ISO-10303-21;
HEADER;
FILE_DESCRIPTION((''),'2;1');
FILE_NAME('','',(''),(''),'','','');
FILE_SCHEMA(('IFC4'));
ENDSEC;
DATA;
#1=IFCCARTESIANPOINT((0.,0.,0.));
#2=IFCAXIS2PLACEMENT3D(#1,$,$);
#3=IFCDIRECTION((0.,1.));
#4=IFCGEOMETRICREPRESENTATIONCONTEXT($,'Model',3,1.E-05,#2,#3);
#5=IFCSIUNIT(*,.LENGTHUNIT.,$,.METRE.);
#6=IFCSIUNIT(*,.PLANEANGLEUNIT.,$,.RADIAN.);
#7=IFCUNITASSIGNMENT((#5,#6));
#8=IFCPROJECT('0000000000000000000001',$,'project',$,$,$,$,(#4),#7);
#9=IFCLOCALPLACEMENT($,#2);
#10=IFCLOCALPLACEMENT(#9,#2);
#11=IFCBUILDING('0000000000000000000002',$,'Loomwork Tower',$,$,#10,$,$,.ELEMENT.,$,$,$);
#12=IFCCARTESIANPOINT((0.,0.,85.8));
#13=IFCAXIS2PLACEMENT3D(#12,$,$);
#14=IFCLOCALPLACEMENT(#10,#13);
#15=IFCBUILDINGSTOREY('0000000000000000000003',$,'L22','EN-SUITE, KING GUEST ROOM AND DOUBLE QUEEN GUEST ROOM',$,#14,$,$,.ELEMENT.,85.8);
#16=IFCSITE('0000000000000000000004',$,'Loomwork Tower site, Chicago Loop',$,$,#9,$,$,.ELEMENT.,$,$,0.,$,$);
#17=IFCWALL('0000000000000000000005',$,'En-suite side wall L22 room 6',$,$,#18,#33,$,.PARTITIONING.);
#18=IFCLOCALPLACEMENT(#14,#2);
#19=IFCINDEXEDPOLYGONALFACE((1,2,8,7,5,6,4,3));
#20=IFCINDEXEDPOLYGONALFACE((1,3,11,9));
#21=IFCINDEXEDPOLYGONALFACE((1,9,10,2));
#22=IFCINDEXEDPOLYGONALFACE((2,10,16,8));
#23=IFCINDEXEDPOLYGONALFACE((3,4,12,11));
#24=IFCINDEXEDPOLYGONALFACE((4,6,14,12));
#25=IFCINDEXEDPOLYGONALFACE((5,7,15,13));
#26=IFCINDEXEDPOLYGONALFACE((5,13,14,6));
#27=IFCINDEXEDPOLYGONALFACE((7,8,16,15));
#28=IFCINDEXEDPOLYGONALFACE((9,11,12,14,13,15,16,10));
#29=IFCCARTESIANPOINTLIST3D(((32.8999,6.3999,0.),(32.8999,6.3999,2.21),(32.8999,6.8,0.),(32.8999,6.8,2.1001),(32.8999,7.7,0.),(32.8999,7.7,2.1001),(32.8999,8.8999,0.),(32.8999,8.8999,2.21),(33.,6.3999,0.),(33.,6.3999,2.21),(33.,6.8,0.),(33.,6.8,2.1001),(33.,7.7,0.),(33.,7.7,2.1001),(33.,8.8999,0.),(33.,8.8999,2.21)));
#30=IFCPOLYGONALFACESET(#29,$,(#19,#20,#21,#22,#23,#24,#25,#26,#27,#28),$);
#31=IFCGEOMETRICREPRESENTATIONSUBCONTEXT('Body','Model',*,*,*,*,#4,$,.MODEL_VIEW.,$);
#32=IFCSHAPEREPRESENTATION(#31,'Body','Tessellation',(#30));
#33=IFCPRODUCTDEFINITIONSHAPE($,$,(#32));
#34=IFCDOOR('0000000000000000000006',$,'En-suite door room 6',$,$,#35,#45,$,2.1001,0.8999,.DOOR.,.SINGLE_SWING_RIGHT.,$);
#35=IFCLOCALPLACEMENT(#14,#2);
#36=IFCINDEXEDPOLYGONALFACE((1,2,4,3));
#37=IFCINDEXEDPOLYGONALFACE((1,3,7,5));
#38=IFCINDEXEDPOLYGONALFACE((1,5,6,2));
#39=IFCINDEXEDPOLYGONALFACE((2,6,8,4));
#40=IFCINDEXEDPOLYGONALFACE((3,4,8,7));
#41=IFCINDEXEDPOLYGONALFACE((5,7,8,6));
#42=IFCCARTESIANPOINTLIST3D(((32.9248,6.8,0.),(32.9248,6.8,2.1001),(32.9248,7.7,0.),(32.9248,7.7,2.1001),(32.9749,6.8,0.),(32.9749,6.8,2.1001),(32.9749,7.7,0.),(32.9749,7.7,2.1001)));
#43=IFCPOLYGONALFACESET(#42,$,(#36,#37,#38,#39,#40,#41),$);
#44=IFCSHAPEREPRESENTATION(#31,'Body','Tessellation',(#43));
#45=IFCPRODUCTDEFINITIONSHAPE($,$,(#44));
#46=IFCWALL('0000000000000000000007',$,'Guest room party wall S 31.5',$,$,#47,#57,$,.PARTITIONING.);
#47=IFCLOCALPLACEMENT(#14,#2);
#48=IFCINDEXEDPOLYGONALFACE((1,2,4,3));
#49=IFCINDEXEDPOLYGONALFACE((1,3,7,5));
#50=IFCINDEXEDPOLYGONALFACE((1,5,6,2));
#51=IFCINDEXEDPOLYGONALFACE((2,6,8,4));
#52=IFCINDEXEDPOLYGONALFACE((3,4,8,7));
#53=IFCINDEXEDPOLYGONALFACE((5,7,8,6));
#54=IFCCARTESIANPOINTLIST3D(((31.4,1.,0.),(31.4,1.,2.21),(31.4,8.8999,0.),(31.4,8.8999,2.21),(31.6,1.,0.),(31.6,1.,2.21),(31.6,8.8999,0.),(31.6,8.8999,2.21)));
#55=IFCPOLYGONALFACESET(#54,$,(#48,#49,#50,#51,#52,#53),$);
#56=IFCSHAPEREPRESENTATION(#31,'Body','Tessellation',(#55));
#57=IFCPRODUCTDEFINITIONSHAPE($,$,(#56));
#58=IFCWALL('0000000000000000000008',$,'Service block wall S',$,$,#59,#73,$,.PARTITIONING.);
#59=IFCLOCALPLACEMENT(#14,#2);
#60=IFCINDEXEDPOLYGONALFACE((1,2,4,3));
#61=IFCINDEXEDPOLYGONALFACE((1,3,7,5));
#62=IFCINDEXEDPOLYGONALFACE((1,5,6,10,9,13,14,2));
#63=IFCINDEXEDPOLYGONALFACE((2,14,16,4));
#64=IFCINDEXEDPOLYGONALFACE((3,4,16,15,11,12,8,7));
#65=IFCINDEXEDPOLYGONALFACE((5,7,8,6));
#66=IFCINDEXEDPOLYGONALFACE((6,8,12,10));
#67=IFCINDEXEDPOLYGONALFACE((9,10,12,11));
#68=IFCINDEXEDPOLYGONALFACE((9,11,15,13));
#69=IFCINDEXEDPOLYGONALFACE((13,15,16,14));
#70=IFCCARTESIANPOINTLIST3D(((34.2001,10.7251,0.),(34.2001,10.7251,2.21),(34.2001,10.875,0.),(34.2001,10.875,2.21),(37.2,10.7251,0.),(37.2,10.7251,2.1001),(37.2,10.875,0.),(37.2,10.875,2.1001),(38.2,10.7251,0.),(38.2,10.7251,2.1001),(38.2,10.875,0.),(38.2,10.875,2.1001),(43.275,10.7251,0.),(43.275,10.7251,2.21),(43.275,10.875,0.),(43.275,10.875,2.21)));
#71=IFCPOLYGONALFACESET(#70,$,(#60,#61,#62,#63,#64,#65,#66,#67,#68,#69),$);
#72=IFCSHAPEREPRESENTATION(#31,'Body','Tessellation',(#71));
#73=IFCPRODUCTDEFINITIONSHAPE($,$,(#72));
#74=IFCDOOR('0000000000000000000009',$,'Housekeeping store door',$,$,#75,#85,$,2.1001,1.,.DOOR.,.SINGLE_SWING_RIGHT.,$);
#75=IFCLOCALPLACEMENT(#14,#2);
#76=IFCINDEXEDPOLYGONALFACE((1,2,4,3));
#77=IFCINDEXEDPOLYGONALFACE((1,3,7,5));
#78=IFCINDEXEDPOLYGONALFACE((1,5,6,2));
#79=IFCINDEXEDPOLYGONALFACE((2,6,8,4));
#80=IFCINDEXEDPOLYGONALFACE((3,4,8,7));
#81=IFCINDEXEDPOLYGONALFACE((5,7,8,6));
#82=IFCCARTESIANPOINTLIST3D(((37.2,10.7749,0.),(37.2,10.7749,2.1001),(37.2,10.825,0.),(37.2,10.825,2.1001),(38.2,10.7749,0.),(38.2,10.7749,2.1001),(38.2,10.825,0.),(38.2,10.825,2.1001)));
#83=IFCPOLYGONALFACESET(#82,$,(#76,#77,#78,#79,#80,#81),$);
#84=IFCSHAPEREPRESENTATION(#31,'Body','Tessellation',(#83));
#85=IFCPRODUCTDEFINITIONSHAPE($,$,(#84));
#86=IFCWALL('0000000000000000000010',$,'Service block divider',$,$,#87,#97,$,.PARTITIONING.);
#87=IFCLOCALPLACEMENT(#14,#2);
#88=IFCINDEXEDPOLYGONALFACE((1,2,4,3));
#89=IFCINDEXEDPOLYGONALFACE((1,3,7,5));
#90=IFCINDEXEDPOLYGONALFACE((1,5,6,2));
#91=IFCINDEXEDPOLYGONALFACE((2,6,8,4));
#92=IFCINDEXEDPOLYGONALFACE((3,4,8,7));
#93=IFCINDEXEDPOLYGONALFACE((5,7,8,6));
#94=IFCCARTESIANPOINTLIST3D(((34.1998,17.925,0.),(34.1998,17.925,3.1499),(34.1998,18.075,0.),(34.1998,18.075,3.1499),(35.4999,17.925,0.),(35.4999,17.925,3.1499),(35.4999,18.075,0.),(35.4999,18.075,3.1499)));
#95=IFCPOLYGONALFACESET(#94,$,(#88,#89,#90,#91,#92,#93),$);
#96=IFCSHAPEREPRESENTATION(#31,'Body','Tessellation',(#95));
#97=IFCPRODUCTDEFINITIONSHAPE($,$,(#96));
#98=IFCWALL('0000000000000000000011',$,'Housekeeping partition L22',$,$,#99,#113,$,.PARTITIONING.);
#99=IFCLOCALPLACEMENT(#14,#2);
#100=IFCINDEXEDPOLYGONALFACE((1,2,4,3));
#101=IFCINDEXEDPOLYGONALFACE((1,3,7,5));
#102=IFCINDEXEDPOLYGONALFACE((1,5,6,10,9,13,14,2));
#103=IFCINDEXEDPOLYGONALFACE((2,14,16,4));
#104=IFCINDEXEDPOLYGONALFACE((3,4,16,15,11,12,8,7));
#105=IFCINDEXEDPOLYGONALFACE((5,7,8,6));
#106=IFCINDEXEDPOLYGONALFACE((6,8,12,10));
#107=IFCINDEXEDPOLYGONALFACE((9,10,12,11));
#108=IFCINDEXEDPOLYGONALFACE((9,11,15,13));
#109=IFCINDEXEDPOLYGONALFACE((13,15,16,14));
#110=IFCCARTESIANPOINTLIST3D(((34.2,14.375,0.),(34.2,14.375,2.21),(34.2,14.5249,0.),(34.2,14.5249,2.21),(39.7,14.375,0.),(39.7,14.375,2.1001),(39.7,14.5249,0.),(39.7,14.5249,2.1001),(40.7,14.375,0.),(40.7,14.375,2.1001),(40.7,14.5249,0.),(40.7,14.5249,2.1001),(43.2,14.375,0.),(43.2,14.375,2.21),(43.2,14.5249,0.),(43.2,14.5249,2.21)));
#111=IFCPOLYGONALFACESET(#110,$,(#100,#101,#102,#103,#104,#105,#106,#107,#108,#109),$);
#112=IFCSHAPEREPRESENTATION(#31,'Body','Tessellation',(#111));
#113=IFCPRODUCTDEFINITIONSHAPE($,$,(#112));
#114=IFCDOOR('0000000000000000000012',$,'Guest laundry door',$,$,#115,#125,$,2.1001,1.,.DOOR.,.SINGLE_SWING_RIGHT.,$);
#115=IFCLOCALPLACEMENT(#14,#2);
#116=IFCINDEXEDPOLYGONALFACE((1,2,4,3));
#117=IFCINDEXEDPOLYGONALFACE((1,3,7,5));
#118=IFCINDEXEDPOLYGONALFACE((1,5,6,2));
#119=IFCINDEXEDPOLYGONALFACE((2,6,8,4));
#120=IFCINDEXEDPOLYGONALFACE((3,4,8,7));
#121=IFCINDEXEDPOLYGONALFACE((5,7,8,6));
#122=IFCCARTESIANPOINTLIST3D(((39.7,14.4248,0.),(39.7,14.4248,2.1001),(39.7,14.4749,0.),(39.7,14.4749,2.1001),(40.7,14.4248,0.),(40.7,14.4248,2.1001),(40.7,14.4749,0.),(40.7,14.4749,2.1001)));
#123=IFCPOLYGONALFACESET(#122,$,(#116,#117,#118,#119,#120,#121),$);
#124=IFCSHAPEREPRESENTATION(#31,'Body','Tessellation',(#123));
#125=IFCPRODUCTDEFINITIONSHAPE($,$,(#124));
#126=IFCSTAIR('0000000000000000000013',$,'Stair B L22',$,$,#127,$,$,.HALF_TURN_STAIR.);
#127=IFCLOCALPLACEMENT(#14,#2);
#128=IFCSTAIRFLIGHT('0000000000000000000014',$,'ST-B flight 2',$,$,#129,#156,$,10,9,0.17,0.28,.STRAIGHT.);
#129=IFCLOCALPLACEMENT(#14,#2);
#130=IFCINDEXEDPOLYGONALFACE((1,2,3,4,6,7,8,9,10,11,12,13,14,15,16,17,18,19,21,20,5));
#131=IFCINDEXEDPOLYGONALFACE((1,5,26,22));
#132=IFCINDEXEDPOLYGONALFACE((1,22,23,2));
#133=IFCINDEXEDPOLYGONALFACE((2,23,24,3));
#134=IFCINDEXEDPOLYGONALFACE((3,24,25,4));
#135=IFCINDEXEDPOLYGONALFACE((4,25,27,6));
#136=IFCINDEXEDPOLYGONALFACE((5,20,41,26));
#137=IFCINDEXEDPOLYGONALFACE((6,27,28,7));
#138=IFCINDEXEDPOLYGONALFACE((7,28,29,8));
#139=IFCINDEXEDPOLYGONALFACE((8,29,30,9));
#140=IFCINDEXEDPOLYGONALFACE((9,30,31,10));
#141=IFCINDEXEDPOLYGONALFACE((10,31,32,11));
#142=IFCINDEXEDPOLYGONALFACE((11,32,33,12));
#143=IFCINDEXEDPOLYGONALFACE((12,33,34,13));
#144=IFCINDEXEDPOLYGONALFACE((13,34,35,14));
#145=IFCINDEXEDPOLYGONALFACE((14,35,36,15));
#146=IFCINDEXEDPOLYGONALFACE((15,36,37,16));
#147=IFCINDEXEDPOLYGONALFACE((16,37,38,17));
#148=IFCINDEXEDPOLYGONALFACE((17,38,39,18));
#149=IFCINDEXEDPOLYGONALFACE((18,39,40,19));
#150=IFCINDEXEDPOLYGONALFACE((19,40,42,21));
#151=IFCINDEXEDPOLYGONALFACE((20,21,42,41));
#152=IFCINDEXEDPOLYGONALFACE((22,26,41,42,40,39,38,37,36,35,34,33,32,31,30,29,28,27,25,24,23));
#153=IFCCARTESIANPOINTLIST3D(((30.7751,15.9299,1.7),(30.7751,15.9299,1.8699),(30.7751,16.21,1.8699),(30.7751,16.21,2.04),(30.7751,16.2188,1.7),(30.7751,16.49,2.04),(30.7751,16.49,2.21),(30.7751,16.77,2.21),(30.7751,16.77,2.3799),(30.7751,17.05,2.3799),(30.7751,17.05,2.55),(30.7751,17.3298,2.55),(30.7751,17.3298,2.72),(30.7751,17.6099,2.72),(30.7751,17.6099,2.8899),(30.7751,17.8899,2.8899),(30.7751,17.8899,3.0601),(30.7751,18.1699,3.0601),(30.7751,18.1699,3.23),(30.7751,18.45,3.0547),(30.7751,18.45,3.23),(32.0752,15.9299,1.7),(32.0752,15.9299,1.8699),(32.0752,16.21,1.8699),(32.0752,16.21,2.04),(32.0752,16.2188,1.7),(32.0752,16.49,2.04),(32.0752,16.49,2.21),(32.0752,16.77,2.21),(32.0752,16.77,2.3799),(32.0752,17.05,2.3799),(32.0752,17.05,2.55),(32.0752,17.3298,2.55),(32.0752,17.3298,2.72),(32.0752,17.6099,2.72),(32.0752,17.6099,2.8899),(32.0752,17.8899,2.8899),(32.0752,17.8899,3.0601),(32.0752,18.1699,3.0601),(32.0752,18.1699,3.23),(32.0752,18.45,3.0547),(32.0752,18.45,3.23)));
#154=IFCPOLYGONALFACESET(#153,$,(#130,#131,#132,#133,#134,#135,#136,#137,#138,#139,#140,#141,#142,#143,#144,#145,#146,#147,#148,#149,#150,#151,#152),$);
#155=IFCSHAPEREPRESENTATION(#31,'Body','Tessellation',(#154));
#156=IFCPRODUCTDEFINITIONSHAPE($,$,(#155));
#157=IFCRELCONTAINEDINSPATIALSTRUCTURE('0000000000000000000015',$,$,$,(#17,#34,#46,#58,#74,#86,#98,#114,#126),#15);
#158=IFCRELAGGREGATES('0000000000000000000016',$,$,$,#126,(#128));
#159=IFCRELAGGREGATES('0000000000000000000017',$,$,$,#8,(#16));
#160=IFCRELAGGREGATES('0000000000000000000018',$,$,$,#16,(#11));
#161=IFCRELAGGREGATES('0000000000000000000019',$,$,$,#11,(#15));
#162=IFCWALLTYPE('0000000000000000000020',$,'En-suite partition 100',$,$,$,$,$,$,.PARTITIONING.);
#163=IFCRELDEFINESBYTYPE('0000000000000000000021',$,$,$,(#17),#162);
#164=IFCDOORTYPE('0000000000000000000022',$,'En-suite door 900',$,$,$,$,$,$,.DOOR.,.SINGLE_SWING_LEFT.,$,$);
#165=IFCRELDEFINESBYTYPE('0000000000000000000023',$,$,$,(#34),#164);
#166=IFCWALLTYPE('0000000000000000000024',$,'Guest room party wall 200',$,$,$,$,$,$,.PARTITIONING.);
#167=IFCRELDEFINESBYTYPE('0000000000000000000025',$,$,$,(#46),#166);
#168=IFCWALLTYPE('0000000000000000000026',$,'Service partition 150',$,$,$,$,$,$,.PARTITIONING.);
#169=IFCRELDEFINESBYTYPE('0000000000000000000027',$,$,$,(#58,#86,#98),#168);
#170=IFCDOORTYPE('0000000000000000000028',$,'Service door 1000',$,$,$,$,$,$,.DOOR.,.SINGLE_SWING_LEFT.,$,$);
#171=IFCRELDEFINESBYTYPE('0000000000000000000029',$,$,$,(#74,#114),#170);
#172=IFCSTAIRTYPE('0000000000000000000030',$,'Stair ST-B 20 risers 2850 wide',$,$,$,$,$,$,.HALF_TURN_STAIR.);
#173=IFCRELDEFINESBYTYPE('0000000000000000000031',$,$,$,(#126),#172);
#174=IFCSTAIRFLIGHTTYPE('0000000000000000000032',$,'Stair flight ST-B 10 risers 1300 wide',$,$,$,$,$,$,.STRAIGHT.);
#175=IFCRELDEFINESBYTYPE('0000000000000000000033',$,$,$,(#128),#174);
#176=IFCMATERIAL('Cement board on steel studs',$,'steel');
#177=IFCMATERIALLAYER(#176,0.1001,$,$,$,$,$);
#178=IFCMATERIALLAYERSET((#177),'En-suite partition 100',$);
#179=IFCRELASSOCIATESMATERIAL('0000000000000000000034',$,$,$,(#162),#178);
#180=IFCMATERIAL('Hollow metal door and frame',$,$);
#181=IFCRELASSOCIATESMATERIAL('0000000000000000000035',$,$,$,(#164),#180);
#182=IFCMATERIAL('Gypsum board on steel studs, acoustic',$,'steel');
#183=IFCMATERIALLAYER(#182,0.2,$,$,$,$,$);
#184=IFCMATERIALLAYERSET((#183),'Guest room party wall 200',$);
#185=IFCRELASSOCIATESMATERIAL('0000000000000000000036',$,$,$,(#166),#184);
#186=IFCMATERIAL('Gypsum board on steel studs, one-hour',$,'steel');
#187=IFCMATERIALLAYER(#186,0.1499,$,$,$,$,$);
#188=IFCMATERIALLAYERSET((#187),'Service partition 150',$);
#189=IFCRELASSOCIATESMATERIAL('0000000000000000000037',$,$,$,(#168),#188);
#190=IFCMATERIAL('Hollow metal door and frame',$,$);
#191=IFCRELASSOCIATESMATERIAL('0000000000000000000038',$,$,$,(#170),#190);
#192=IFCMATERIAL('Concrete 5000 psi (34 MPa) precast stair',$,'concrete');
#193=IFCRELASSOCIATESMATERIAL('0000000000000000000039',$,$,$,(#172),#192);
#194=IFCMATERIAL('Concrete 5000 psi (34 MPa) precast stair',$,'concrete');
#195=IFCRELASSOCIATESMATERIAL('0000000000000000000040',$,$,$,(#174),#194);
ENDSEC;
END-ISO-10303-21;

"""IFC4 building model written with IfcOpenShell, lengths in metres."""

from ifc_helpers import new_model, si_unit, direction, frame, frame_2d, origin, place, context, subcontext, project, spatial, polyline, rectangle, outline, extrude, material, layer, layer_set, type_object, element, fill, aggregate, save


model = new_model("IFC4")

# Units and contexts
model_context = context("Model", 3, precision=1e-05, world=origin(), true_north=direction((0.0, 1.0)))
body_context = subcontext(model_context, "Body", "Model", "MODEL_VIEW")
ifc_project = project(units=[si_unit("LENGTHUNIT", "METRE"), si_unit("PLANEANGLEUNIT", "RADIAN")], contexts=[model_context])

# Site, building, storey
site_placement = place(None, origin())
site = spatial("IfcSite", under=ifc_project, at=site_placement, Name="Loomwork Tower site, Chicago Loop", CompositionType="ELEMENT", RefElevation=0.0)
building_placement = place(site_placement, origin())
building = spatial("IfcBuilding", under=site, at=building_placement, Name="Loomwork Tower", CompositionType="ELEMENT")
storey_placement = place(building_placement, frame((0.0, 0.0, 85.8)))
storey = spatial("IfcBuildingStorey", under=building, at=storey_placement, Name="L22", Description="EN-SUITE, KING GUEST ROOM AND DOUBLE QUEEN GUEST ROOM", CompositionType="ELEMENT", Elevation=85.8)

# Wall, opening, door
ifc_material_1 = material(Name="Cement board on steel studs", Category="steel")
ifc_layer_1 = layer(ifc_material_1, 0.1001)
ifc_layer_set_1 = layer_set([ifc_layer_1], Name="En-suite partition 100")
wall_type_1 = type_object("IfcWallType", Name="En-suite partition 100", PredefinedType="PARTITIONING", material=ifc_layer_set_1)
ifc_material_2 = material(Name="Hollow metal door and frame")
door_type_1 = type_object("IfcDoorType", Name="En-suite door 900", OperationType="SINGLE_SWING_LEFT", PredefinedType="DOOR", material=ifc_material_2)
wall_1_placement = place(storey_placement, frame((32.95, 8.8999, 0.0), z_axis=(0.0, 0.0, 1.0), x_axis=(0.0, -1.0, 0.0)))
wall_1 = element("IfcWall", 1, at=wall_1_placement, inside=storey, type_object=wall_type_1, Name="En-suite side wall L22 room 6", PredefinedType="PARTITIONING", context=body_context, shape_type="SweptSolid", body=[
    extrude(rectangle(XDim=2.5, YDim=0.1001, at=frame_2d((1.25, 0.0))), origin(), (0.0, 0.0, 1.0), 2.21),
])
opening_1_placement = place(wall_1_placement, frame((1.2, 0.0, 0.0)))
opening_1 = element("IfcOpeningElement", 2, at=opening_1_placement, cuts=wall_1, PredefinedType="OPENING", context=body_context, shape_type="SweptSolid", body=[
    extrude(rectangle(XDim=0.8999, YDim=2.1001, at=frame_2d((0.45, 1.05))), frame((0.0, 0.0601, 0.0), z_axis=(0.0, -1.0, 0.0), x_axis=(1.0, 0.0, 0.0)), (0.0, 0.0, 1.0), 0.1201),
])
door_1_placement = place(opening_1_placement, origin())
door_1 = element("IfcDoor", 3, at=door_1_placement, inside=storey, type_object=door_type_1, Name="En-suite door room 6", OperationType="SINGLE_SWING_RIGHT", OverallHeight=2.1001, OverallWidth=0.8999, PredefinedType="DOOR", context=body_context, shape_type="SweptSolid", body=[
    extrude(rectangle(XDim=0.8999, YDim=2.1001, at=frame_2d((0.45, 1.05))), frame((0.0, 0.0249, 0.0), z_axis=(0.0, -1.0, 0.0), x_axis=(1.0, 0.0, 0.0)), (0.0, 0.0, 1.0), 0.05),
])
fill(opening_1, door_1)

# Wall
ifc_material_3 = material(Name="Gypsum board on steel studs, acoustic", Category="steel")
ifc_layer_2 = layer(ifc_material_3, 0.2)
ifc_layer_set_2 = layer_set([ifc_layer_2], Name="Guest room party wall 200")
wall_type_2 = type_object("IfcWallType", Name="Guest room party wall 200", PredefinedType="PARTITIONING", material=ifc_layer_set_2)
wall_2_placement = place(storey_placement, frame((31.5, 8.8999, 0.0), z_axis=(0.0, 0.0, 1.0), x_axis=(0.0, -1.0, 0.0)))
element("IfcWall", 4, at=wall_2_placement, inside=storey, type_object=wall_type_2, Name="Guest room party wall S 31.5", PredefinedType="PARTITIONING", context=body_context, shape_type="SweptSolid", body=[
    extrude(rectangle(XDim=7.8999, YDim=0.2, at=frame_2d((3.95, 0.0))), origin(), (0.0, 0.0, 1.0), 2.21),
])

# Wall, opening, door
ifc_material_4 = material(Name="Gypsum board on steel studs, one-hour", Category="steel")
ifc_layer_3 = layer(ifc_material_4, 0.1499)
ifc_layer_set_3 = layer_set([ifc_layer_3], Name="Service partition 150")
wall_type_3 = type_object("IfcWallType", Name="Service partition 150", PredefinedType="PARTITIONING", material=ifc_layer_set_3)
wall_3_placement = place(storey_placement, frame((34.2, 10.8, 0.0), z_axis=(0.0, 0.0, 1.0), x_axis=(1.0, 0.0, 0.0)))
wall_3 = element("IfcWall", 5, at=wall_3_placement, inside=storey, type_object=wall_type_3, Name="Service block wall S", PredefinedType="PARTITIONING", context=body_context, shape_type="SweptSolid", body=[
    extrude(rectangle(XDim=9.075, YDim=0.1499, at=frame_2d((4.5376, 0.0))), origin(), (0.0, 0.0, 1.0), 2.21),
])
opening_2_placement = place(wall_3_placement, frame((3.0, 0.0, 0.0)))
opening_2 = element("IfcOpeningElement", 6, at=opening_2_placement, cuts=wall_3, PredefinedType="OPENING", context=body_context, shape_type="SweptSolid", body=[
    extrude(rectangle(XDim=1.0, YDim=2.1001, at=frame_2d((0.5, 1.05))), frame((0.0, 0.085, 0.0), z_axis=(0.0, -1.0, 0.0), x_axis=(1.0, 0.0, 0.0)), (0.0, 0.0, 1.0), 0.1699),
])
ifc_material_5 = material(Name="Hollow metal door and frame")
door_type_2 = type_object("IfcDoorType", Name="Service door 1000", OperationType="SINGLE_SWING_LEFT", PredefinedType="DOOR", material=ifc_material_5)
door_2_placement = place(opening_2_placement, origin())
door_2 = element("IfcDoor", 7, at=door_2_placement, inside=storey, type_object=door_type_2, Name="Housekeeping store door", OperationType="SINGLE_SWING_RIGHT", OverallHeight=2.1001, OverallWidth=1.0, PredefinedType="DOOR", context=body_context, shape_type="SweptSolid", body=[
    extrude(rectangle(XDim=1.0, YDim=2.1001, at=frame_2d((0.5, 1.05))), frame((0.0, 0.0249, 0.0), z_axis=(0.0, -1.0, 0.0), x_axis=(1.0, 0.0, 0.0)), (0.0, 0.0, 1.0), 0.05),
])
fill(opening_2, door_2)

# Wall
wall_4_placement = place(storey_placement, frame((34.2, 18.0, 0.0), z_axis=(0.0, 0.0, 1.0), x_axis=(1.0, 0.0, 0.0)))
element("IfcWall", 8, at=wall_4_placement, inside=storey, type_object=wall_type_3, Name="Service block divider", PredefinedType="PARTITIONING", context=body_context, shape_type="SweptSolid", body=[
    extrude(rectangle(XDim=1.3, YDim=0.1499, at=frame_2d((0.6499, 0.0))), origin(), (0.0, 0.0, 1.0), 3.1499),
])

# Wall, opening, door
wall_5_placement = place(storey_placement, frame((34.2, 14.45, 0.0), z_axis=(0.0, 0.0, 1.0), x_axis=(1.0, 0.0, 0.0)))
wall_5 = element("IfcWall", 9, at=wall_5_placement, inside=storey, type_object=wall_type_3, Name="Housekeeping partition L22", PredefinedType="PARTITIONING", context=body_context, shape_type="SweptSolid", body=[
    extrude(rectangle(XDim=9.0, YDim=0.1499, at=frame_2d((4.5, 0.0))), origin(), (0.0, 0.0, 1.0), 2.21),
])
opening_3_placement = place(wall_5_placement, frame((5.5, 0.0, 0.0)))
opening_3 = element("IfcOpeningElement", 10, at=opening_3_placement, cuts=wall_5, PredefinedType="OPENING", context=body_context, shape_type="SweptSolid", body=[
    extrude(rectangle(XDim=1.0, YDim=2.1001, at=frame_2d((0.5, 1.05))), frame((0.0, 0.085, 0.0), z_axis=(0.0, -1.0, 0.0), x_axis=(1.0, 0.0, 0.0)), (0.0, 0.0, 1.0), 0.1699),
])
door_3_placement = place(opening_3_placement, origin())
door_3 = element("IfcDoor", 11, at=door_3_placement, inside=storey, type_object=door_type_2, Name="Guest laundry door", OperationType="SINGLE_SWING_RIGHT", OverallHeight=2.1001, OverallWidth=1.0, PredefinedType="DOOR", context=body_context, shape_type="SweptSolid", body=[
    extrude(rectangle(XDim=1.0, YDim=2.1001, at=frame_2d((0.5, 1.05))), frame((0.0, 0.0249, 0.0), z_axis=(0.0, -1.0, 0.0), x_axis=(1.0, 0.0, 0.0)), (0.0, 0.0, 1.0), 0.05),
])
fill(opening_3, door_3)

# Stair, stair flight
ifc_material_6 = material(Name="Concrete 5000 psi (34 MPa) precast stair", Category="concrete")
stair_type = type_object("IfcStairType", Name="Stair ST-B 20 risers 2850 wide", PredefinedType="HALF_TURN_STAIR", material=ifc_material_6)
stair_placement = place(storey_placement, origin())
stair = element("IfcStair", 12, at=stair_placement, inside=storey, type_object=stair_type, Name="Stair B L22", PredefinedType="HALF_TURN_STAIR")
ifc_material_7 = material(Name="Concrete 5000 psi (34 MPa) precast stair", Category="concrete")
stair_flight_type = type_object("IfcStairFlightType", Name="Stair flight ST-B 10 risers 1300 wide", PredefinedType="STRAIGHT", material=ifc_material_7)
stair_flight_placement = place(storey_placement, frame((31.425, 15.9299, 1.7), z_axis=(0.0, 0.0, 1.0), x_axis=(0.0, 1.0, 0.0)))
stair_flight = element("IfcStairFlight", 13, at=stair_flight_placement, type_object=stair_flight_type, Name="ST-B flight 2", NumberOfRisers=10, NumberOfTreads=9, PredefinedType="STRAIGHT", RiserHeight=0.17, TreadLength=0.28, context=body_context, shape_type="SweptSolid", body=[
    extrude(outline(polyline([(0.0, 0.0), (0.0, 0.1699), (0.28, 0.1699), (0.28, 0.3401), (0.5601, 0.3401), (0.5601, 0.51), (0.8401, 0.51), (0.8401, 0.6799), (1.1201, 0.6799), (1.1201, 0.8501), (1.3999, 0.8501), (1.3999, 1.02), (1.6799, 1.02), (1.6799, 1.1899), (1.96, 1.1899), (1.96, 1.3601), (2.24, 1.3601), (2.24, 1.53), (2.52, 1.53), (2.52, 1.7), (2.52, 1.3547), (0.2888, 0.0), (0.0, 0.0)])), frame((0.0, 0.6499, 0.0), z_axis=(0.0, -1.0, 0.0), x_axis=(1.0, 0.0, 0.0)), (0.0, 0.0, 1.0), 1.3),
])
aggregate(stair, [stair_flight])

save(model, "model.ifc")
